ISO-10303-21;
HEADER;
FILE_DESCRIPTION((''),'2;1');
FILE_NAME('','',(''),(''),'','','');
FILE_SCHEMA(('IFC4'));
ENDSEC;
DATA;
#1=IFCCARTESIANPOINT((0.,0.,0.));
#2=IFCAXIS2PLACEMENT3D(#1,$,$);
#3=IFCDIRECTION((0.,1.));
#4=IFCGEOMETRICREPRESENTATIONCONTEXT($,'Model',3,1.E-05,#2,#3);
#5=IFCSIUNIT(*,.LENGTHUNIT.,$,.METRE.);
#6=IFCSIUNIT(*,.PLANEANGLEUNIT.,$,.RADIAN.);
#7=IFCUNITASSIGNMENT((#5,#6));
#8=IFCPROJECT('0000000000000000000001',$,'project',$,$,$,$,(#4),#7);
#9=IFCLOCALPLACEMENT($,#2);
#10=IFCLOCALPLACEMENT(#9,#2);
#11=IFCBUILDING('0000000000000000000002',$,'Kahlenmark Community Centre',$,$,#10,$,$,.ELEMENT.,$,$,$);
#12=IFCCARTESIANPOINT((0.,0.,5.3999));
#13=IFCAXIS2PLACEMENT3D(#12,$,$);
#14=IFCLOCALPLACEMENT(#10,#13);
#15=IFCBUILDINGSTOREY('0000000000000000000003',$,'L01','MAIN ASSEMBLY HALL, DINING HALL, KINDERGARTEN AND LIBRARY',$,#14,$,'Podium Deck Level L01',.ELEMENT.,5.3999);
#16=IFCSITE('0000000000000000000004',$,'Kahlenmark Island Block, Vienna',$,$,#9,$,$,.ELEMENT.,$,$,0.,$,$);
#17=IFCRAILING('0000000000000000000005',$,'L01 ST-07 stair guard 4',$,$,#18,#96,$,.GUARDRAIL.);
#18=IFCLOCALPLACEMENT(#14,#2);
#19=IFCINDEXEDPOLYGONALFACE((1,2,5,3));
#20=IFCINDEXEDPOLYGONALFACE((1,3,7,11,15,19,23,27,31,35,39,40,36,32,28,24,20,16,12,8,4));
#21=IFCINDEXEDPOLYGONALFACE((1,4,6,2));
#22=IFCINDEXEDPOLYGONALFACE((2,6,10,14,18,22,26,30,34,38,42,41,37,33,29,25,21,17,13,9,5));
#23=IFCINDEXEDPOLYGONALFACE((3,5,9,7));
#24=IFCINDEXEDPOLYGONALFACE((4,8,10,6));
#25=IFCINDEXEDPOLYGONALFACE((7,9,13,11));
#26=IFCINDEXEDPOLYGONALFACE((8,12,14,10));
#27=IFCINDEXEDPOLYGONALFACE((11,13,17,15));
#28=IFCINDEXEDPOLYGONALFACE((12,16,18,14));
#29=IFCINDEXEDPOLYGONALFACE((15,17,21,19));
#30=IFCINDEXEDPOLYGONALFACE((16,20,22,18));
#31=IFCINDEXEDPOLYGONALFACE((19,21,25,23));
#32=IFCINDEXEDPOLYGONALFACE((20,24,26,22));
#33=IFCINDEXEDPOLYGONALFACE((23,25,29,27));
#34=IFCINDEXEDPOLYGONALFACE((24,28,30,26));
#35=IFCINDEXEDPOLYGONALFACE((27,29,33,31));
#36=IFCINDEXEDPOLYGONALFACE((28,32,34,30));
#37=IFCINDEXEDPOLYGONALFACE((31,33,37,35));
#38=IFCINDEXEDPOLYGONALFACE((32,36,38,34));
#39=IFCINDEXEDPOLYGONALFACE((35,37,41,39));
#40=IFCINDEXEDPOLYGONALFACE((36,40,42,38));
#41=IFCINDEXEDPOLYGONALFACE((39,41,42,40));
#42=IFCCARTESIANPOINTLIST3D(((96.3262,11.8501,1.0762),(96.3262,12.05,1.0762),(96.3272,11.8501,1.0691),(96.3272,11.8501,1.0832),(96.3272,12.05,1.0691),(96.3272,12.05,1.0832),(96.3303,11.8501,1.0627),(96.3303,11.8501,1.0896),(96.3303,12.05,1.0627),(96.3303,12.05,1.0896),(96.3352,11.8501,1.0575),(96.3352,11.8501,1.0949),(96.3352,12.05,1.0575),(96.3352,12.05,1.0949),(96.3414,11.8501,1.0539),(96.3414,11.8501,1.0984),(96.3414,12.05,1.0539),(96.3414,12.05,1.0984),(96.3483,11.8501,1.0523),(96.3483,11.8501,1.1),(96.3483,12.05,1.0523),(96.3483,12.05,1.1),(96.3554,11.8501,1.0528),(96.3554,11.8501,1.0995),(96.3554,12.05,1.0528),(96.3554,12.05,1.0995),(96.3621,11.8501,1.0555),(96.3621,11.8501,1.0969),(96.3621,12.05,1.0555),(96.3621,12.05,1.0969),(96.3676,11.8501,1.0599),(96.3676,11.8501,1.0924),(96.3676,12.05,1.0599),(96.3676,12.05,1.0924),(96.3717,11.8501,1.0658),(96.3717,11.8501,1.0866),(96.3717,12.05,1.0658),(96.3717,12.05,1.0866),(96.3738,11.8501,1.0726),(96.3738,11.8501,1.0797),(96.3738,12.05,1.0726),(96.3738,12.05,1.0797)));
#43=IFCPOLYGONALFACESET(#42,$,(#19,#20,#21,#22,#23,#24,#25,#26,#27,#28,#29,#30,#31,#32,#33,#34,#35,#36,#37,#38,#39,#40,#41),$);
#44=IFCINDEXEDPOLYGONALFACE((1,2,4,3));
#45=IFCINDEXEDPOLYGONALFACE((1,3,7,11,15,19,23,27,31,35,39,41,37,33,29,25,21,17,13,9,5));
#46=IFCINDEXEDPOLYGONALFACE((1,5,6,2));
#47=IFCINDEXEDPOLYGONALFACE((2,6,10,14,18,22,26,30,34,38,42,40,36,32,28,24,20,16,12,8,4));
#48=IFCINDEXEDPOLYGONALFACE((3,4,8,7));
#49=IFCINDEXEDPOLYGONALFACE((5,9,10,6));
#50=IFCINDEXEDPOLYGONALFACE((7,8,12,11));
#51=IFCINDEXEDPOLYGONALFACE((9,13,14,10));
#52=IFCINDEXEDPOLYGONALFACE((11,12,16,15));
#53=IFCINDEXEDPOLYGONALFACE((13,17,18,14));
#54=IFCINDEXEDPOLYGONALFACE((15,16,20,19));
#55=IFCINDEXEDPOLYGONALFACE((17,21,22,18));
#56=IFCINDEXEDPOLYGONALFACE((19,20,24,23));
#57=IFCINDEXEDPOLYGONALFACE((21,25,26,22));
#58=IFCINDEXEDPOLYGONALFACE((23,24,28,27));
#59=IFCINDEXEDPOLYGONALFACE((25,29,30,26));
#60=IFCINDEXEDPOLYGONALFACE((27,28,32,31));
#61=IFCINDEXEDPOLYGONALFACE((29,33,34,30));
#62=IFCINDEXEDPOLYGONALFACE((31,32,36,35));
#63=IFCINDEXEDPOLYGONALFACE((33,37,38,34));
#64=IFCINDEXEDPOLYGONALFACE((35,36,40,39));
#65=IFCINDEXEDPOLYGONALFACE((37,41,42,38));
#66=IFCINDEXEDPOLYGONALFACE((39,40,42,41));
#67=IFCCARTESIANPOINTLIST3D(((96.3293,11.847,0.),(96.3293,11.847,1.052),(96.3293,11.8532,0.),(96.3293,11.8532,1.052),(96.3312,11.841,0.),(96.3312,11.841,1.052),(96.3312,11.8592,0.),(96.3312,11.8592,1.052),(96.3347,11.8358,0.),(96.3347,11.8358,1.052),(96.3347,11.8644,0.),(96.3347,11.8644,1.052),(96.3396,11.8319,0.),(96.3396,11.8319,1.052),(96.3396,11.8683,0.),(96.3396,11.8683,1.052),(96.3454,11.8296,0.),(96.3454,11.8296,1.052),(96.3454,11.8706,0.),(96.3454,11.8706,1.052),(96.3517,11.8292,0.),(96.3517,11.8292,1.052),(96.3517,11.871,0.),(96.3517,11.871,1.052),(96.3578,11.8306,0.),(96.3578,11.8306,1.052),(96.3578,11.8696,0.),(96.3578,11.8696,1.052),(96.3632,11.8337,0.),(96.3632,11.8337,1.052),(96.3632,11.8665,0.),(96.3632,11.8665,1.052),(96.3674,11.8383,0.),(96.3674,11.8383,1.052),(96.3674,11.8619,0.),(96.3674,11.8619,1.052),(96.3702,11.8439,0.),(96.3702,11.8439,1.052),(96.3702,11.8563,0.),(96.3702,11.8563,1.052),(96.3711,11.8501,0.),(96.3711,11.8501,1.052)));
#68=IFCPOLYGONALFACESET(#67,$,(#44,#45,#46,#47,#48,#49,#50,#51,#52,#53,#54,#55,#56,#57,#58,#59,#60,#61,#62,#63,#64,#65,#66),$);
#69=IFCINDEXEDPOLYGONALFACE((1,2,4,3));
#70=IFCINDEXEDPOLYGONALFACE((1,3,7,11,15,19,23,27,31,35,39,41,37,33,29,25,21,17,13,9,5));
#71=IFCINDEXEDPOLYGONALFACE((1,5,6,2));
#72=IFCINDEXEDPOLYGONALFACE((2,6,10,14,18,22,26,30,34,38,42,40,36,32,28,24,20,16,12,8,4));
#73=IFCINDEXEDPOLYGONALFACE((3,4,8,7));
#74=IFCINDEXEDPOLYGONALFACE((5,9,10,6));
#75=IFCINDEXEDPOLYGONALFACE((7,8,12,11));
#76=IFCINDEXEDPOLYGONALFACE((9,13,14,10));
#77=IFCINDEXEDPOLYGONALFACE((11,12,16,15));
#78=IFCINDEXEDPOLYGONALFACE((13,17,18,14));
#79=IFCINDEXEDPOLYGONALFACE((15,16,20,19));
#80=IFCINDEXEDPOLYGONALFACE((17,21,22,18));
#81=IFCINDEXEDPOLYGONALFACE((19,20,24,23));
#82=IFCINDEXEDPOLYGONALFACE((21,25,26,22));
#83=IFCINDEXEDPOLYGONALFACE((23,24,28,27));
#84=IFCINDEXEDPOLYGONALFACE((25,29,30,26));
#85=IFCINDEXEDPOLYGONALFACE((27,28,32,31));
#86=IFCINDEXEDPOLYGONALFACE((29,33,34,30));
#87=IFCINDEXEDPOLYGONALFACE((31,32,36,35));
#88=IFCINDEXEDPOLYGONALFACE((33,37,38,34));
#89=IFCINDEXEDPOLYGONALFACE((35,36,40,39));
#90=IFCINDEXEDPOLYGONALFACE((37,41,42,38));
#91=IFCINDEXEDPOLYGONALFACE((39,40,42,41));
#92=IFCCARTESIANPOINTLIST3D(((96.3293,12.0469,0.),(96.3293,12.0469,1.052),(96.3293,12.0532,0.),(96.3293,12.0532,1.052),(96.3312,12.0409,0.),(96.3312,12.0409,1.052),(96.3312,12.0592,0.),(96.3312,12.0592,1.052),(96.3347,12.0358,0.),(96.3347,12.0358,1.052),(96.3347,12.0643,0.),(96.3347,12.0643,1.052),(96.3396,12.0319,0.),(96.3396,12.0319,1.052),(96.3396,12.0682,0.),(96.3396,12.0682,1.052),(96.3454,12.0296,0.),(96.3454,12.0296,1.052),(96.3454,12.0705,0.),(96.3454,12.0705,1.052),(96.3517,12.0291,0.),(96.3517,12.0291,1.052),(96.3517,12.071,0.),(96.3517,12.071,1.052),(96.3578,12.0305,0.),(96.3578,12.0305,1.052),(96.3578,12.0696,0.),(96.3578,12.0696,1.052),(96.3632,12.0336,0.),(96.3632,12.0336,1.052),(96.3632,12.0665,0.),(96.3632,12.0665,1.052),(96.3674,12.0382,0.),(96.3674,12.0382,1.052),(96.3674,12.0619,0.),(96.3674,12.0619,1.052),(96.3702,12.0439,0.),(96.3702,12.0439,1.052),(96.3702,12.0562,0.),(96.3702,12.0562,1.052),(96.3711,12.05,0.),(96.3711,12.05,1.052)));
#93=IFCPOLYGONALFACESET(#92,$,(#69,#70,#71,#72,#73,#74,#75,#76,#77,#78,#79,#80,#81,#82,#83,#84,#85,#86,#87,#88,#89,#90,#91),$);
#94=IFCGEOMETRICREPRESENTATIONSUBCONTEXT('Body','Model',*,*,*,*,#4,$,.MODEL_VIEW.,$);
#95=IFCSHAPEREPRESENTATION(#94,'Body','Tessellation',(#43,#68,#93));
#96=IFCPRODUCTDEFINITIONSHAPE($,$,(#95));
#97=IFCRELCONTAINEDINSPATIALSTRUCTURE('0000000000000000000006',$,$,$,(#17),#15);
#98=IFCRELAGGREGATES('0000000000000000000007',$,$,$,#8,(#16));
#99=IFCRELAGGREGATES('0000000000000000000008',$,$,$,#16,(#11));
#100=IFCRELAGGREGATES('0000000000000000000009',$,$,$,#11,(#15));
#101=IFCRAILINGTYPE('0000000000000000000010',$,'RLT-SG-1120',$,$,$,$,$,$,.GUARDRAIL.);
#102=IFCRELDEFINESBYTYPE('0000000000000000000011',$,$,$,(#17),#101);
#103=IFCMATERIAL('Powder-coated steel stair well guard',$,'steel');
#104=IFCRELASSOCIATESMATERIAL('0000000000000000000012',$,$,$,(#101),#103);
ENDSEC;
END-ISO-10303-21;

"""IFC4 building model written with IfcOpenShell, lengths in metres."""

from ifc_helpers import new_model, si_unit, direction, frame, origin, origin_2d, place, context, subcontext, project, spatial, circle, extrude, material, type_object, element, save


model = new_model("IFC4")

# Units and contexts
model_context = context("Model", 3, precision=1e-05, world=origin(), true_north=direction((0.0, 1.0)))
body_context = subcontext(model_context, "Body", "Model", "MODEL_VIEW")
ifc_project = project(units=[si_unit("LENGTHUNIT", "METRE"), si_unit("PLANEANGLEUNIT", "RADIAN")], contexts=[model_context])

# Site, building, storey
site_placement = place(None, origin())
site = spatial("IfcSite", under=ifc_project, at=site_placement, Name="Kahlenmark Island Block, Vienna", CompositionType="ELEMENT", RefElevation=0.0)
building_placement = place(site_placement, origin())
building = spatial("IfcBuilding", under=site, at=building_placement, Name="Kahlenmark Community Centre", CompositionType="ELEMENT")
storey_placement = place(building_placement, frame((0.0, 0.0, 5.3999)))
storey = spatial("IfcBuildingStorey", under=building, at=storey_placement, Name="L01", Description="MAIN ASSEMBLY HALL, DINING HALL, KINDERGARTEN AND LIBRARY", LongName="Podium Deck Level L01", CompositionType="ELEMENT", Elevation=5.3999)

# Railing
ifc_material_1 = material(Name="Powder-coated steel stair well guard", Category="steel")
railing_type_1 = type_object("IfcRailingType", Name="RLT-SG-1120", PredefinedType="GUARDRAIL", material=ifc_material_1)
railing_1_placement = place(storey_placement, frame((96.3501, 11.8501, 0.0)))
element("IfcRailing", 1, at=railing_1_placement, inside=storey, type_object=railing_type_1, Name="L01 ST-07 stair guard 4", PredefinedType="GUARDRAIL", context=body_context, shape_type="SweptSolid", body=[
    extrude(circle(Radius=0.0239, at=origin_2d()), frame((0.0, 0.0, 1.0762), z_axis=(0.0, 1.0, 0.0), x_axis=(-1.0, 0.0, 0.0)), (0.0, 0.0, 1.0), 0.2),
    extrude(circle(Radius=0.021, at=origin_2d()), origin(), (0.0, 0.0, 1.0), 1.052),
    extrude(circle(Radius=0.021, at=origin_2d()), frame((0.0, 0.2, 0.0)), (0.0, 0.0, 1.0), 1.052),
])

save(model, "model.ifc")
